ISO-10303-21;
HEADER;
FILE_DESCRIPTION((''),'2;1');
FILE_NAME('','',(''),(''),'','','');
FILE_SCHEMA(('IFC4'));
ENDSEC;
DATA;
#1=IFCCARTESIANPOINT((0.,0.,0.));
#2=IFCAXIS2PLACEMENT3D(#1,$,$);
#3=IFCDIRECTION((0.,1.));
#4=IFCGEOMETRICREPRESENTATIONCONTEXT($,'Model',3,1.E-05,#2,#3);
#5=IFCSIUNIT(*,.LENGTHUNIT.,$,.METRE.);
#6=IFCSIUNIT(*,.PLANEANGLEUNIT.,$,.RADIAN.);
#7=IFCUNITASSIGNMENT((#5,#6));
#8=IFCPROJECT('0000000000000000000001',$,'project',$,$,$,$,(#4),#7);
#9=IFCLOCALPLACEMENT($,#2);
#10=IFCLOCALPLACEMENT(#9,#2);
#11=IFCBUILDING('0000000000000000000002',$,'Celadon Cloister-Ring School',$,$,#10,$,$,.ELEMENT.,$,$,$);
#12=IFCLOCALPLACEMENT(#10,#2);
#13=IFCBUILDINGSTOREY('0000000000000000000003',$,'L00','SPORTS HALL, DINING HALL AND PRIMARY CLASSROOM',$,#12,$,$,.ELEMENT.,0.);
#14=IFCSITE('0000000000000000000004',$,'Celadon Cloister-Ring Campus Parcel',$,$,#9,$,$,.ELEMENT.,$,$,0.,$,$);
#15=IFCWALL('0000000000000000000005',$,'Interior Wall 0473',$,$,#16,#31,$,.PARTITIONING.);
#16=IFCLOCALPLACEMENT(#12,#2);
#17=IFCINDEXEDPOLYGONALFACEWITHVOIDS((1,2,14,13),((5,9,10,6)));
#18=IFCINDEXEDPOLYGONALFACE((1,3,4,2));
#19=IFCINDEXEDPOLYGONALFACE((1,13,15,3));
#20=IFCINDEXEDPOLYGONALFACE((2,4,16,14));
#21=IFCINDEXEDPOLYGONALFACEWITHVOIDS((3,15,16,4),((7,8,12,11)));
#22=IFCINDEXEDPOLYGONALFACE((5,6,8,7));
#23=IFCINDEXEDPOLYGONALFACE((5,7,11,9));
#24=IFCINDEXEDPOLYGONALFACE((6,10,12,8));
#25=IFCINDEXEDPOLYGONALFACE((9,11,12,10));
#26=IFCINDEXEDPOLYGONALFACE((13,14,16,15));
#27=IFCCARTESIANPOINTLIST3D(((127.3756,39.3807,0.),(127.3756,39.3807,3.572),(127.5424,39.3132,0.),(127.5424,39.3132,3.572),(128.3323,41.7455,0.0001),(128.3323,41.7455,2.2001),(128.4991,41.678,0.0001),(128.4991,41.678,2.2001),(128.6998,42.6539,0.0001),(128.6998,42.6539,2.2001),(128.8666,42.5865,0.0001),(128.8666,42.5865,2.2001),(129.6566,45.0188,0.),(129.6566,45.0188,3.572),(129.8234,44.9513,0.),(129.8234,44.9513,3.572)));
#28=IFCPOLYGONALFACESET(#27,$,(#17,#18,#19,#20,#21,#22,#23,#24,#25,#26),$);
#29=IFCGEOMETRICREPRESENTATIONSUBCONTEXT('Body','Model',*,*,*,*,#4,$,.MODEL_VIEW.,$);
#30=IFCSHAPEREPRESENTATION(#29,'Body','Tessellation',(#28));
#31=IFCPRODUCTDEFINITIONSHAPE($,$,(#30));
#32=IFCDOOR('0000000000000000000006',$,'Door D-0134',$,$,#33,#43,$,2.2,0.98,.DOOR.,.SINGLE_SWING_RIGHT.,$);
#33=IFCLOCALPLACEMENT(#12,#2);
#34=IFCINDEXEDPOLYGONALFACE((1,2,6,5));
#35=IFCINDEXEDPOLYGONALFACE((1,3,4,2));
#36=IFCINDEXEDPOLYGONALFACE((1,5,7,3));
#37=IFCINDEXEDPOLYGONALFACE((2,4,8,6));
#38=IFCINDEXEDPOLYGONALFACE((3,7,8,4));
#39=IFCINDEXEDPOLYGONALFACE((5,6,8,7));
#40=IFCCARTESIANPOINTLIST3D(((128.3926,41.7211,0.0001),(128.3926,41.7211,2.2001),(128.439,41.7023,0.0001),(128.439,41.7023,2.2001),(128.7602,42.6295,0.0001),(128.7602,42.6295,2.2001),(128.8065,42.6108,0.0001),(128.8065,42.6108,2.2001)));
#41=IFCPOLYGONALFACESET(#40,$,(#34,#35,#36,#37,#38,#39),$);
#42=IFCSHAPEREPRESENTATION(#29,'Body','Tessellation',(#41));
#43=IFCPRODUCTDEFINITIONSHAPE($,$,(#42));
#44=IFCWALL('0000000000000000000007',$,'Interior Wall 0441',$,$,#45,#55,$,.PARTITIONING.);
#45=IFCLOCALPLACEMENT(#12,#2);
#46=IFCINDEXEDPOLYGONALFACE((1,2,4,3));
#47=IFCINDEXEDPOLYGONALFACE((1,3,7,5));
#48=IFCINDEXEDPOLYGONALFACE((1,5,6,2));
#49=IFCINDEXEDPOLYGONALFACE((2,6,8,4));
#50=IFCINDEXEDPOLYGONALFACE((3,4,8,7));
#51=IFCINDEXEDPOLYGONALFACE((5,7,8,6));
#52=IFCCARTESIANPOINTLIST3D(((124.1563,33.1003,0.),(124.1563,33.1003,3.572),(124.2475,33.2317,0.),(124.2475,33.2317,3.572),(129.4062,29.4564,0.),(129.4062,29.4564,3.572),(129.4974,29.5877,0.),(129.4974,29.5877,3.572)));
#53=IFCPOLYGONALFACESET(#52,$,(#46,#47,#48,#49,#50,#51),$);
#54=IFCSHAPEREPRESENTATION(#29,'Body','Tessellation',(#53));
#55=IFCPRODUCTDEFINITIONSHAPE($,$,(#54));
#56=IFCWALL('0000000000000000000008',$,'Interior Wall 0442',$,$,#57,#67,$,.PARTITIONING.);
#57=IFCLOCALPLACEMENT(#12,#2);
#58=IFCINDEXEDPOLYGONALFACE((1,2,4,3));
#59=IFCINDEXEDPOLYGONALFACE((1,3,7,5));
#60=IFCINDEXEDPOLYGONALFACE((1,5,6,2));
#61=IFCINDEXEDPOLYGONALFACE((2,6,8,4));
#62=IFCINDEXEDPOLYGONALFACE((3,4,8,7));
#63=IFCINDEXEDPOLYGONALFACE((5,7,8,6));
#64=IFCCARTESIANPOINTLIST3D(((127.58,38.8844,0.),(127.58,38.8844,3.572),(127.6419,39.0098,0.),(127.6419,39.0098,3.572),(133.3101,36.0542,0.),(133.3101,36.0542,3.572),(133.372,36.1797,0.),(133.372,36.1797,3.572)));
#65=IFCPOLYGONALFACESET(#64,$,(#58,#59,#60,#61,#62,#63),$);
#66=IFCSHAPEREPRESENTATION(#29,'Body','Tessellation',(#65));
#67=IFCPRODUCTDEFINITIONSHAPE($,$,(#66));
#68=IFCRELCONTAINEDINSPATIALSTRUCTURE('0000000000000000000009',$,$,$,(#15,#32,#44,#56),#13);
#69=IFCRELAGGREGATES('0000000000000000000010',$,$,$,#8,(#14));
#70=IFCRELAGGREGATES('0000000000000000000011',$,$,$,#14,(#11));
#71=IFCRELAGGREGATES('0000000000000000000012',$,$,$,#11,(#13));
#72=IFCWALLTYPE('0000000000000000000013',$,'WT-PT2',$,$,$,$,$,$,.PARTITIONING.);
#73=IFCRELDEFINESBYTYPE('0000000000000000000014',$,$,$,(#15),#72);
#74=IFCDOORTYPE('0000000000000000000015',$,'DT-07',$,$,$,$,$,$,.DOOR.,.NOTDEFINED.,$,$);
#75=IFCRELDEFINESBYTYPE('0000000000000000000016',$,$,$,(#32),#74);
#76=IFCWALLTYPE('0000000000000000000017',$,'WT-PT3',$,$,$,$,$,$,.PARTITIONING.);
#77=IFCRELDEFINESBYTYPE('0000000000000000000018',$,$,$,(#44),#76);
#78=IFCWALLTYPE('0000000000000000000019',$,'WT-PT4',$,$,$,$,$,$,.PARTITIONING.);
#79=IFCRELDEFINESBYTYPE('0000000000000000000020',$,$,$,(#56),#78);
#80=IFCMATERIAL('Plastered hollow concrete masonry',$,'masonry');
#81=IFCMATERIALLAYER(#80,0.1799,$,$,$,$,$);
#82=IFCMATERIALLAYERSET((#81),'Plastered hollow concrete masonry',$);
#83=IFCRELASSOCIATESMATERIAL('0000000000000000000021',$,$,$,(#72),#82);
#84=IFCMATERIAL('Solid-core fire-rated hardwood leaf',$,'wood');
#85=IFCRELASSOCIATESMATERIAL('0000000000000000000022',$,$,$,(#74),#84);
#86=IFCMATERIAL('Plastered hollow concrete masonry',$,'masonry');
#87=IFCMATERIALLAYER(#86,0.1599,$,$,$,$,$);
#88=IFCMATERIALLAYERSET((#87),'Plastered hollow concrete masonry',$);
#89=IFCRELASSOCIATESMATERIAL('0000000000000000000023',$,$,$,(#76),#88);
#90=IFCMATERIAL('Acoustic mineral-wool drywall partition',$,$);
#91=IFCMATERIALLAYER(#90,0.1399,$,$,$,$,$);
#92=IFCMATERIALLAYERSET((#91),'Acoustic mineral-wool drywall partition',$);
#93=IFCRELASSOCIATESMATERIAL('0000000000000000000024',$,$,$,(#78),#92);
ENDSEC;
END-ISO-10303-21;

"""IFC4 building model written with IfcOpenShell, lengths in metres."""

from ifc_helpers import new_model, si_unit, direction, frame, frame_2d, origin, place, context, subcontext, project, spatial, rectangle, extrude, material, layer, layer_set, type_object, element, fill, save


model = new_model("IFC4")

# Units and contexts
model_context = context("Model", 3, precision=1e-05, world=origin(), true_north=direction((0.0, 1.0)))
body_context = subcontext(model_context, "Body", "Model", "MODEL_VIEW")
ifc_project = project(units=[si_unit("LENGTHUNIT", "METRE"), si_unit("PLANEANGLEUNIT", "RADIAN")], contexts=[model_context])

# Site, building, storey
site_placement = place(None, origin())
site = spatial("IfcSite", under=ifc_project, at=site_placement, Name="Celadon Cloister-Ring Campus Parcel", CompositionType="ELEMENT", RefElevation=0.0)
building_placement = place(site_placement, origin())
building = spatial("IfcBuilding", under=site, at=building_placement, Name="Celadon Cloister-Ring School", CompositionType="ELEMENT")
storey_placement = place(building_placement, origin())
storey = spatial("IfcBuildingStorey", under=building, at=storey_placement, Name="L00", Description="SPORTS HALL, DINING HALL AND PRIMARY CLASSROOM", CompositionType="ELEMENT", Elevation=0.0)

# Wall, opening, door
ifc_material_1 = material(Name="Plastered hollow concrete masonry", Category="masonry")
ifc_layer_1 = layer(ifc_material_1, 0.1799)
ifc_layer_set_1 = layer_set([ifc_layer_1], Name="Plastered hollow concrete masonry")
wall_type_1 = type_object("IfcWallType", Name="WT-PT2", PredefinedType="PARTITIONING", material=ifc_layer_set_1)
wall_1_placement = place(storey_placement, frame((127.459, 39.3469, 0.0), z_axis=(0.0, 0.0, 1.0), x_axis=(0.375035, 0.927011, 0.0)))
wall_1 = element("IfcWall", 1, at=wall_1_placement, inside=storey, type_object=wall_type_1, Name="Interior Wall 0473", PredefinedType="PARTITIONING", context=body_context, shape_type="SweptSolid", body=[
    extrude(rectangle(XDim=6.082, YDim=0.1799, at=frame_2d((3.041, 0.0))), origin(), (0.0, 0.0, 1.0), 3.572),
])
opening_1_placement = place(wall_1_placement, frame((2.551, 0.0, 0.0)))
opening_1 = element("IfcOpeningElement", 2, at=opening_1_placement, cuts=wall_1, PredefinedType="OPENING", context=body_context, shape_type="SweptSolid", body=[
    extrude(rectangle(XDim=0.98, YDim=2.2, at=frame_2d((0.49, 1.1001))), frame((0.0, 0.1001, 0.0), z_axis=(0.0, -1.0, 0.0), x_axis=(1.0, 0.0, 0.0)), (0.0, 0.0, 1.0), 0.2),
])
ifc_material_2 = material(Name="Solid-core fire-rated hardwood leaf", Category="wood")
door_type_1 = type_object("IfcDoorType", Name="DT-07", OperationType="NOTDEFINED", PredefinedType="DOOR", material=ifc_material_2)
door_1_placement = place(opening_1_placement, origin())
door_1 = element("IfcDoor", 3, at=door_1_placement, inside=storey, type_object=door_type_1, Name="Door D-0134", OperationType="SINGLE_SWING_RIGHT", OverallHeight=2.2, OverallWidth=0.98, PredefinedType="DOOR", context=body_context, shape_type="SweptSolid", body=[
    extrude(rectangle(XDim=0.98, YDim=2.2, at=frame_2d((0.49, 1.1001))), frame((0.0, 0.0249, 0.0), z_axis=(0.0, -1.0, 0.0), x_axis=(1.0, 0.0, 0.0)), (0.0, 0.0, 1.0), 0.05),
])
fill(opening_1, door_1)

# Walls
ifc_material_3 = material(Name="Plastered hollow concrete masonry", Category="masonry")
ifc_layer_2 = layer(ifc_material_3, 0.1599)
ifc_layer_set_2 = layer_set([ifc_layer_2], Name="Plastered hollow concrete masonry")
wall_type_2 = type_object("IfcWallType", Name="WT-PT3", PredefinedType="PARTITIONING", material=ifc_layer_set_2)
wall_2_placement = place(storey_placement, frame((124.2019, 33.166, 0.0), z_axis=(0.0, 0.0, 1.0), x_axis=(0.821501, -0.570207, 0.0)))
element("IfcWall", 4, at=wall_2_placement, inside=storey, type_object=wall_type_2, Name="Interior Wall 0441", PredefinedType="PARTITIONING", context=body_context, shape_type="SweptSolid", body=[
    extrude(rectangle(XDim=6.3906, YDim=0.1599, at=frame_2d((3.1953, 0.0))), origin(), (0.0, 0.0, 1.0), 3.572),
])
ifc_material_4 = material(Name="Acoustic mineral-wool drywall partition")
ifc_layer_3 = layer(ifc_material_4, 0.1399)
ifc_layer_set_3 = layer_set([ifc_layer_3], Name="Acoustic mineral-wool drywall partition")
wall_type_3 = type_object("IfcWallType", Name="WT-PT4", PredefinedType="PARTITIONING", material=ifc_layer_set_3)
wall_3_placement = place(storey_placement, frame((127.6111, 38.947, 0.0), z_axis=(0.0, 0.0, 1.0), x_axis=(0.896602, -0.442838, 0.0)))
element("IfcWall", 5, at=wall_3_placement, inside=storey, type_object=wall_type_3, Name="Interior Wall 0442", PredefinedType="PARTITIONING", context=body_context, shape_type="SweptSolid", body=[
    extrude(rectangle(XDim=6.3909, YDim=0.1399, at=frame_2d((3.1953, 0.0))), origin(), (0.0, 0.0, 1.0), 3.572),
])

save(model, "model.ifc")
